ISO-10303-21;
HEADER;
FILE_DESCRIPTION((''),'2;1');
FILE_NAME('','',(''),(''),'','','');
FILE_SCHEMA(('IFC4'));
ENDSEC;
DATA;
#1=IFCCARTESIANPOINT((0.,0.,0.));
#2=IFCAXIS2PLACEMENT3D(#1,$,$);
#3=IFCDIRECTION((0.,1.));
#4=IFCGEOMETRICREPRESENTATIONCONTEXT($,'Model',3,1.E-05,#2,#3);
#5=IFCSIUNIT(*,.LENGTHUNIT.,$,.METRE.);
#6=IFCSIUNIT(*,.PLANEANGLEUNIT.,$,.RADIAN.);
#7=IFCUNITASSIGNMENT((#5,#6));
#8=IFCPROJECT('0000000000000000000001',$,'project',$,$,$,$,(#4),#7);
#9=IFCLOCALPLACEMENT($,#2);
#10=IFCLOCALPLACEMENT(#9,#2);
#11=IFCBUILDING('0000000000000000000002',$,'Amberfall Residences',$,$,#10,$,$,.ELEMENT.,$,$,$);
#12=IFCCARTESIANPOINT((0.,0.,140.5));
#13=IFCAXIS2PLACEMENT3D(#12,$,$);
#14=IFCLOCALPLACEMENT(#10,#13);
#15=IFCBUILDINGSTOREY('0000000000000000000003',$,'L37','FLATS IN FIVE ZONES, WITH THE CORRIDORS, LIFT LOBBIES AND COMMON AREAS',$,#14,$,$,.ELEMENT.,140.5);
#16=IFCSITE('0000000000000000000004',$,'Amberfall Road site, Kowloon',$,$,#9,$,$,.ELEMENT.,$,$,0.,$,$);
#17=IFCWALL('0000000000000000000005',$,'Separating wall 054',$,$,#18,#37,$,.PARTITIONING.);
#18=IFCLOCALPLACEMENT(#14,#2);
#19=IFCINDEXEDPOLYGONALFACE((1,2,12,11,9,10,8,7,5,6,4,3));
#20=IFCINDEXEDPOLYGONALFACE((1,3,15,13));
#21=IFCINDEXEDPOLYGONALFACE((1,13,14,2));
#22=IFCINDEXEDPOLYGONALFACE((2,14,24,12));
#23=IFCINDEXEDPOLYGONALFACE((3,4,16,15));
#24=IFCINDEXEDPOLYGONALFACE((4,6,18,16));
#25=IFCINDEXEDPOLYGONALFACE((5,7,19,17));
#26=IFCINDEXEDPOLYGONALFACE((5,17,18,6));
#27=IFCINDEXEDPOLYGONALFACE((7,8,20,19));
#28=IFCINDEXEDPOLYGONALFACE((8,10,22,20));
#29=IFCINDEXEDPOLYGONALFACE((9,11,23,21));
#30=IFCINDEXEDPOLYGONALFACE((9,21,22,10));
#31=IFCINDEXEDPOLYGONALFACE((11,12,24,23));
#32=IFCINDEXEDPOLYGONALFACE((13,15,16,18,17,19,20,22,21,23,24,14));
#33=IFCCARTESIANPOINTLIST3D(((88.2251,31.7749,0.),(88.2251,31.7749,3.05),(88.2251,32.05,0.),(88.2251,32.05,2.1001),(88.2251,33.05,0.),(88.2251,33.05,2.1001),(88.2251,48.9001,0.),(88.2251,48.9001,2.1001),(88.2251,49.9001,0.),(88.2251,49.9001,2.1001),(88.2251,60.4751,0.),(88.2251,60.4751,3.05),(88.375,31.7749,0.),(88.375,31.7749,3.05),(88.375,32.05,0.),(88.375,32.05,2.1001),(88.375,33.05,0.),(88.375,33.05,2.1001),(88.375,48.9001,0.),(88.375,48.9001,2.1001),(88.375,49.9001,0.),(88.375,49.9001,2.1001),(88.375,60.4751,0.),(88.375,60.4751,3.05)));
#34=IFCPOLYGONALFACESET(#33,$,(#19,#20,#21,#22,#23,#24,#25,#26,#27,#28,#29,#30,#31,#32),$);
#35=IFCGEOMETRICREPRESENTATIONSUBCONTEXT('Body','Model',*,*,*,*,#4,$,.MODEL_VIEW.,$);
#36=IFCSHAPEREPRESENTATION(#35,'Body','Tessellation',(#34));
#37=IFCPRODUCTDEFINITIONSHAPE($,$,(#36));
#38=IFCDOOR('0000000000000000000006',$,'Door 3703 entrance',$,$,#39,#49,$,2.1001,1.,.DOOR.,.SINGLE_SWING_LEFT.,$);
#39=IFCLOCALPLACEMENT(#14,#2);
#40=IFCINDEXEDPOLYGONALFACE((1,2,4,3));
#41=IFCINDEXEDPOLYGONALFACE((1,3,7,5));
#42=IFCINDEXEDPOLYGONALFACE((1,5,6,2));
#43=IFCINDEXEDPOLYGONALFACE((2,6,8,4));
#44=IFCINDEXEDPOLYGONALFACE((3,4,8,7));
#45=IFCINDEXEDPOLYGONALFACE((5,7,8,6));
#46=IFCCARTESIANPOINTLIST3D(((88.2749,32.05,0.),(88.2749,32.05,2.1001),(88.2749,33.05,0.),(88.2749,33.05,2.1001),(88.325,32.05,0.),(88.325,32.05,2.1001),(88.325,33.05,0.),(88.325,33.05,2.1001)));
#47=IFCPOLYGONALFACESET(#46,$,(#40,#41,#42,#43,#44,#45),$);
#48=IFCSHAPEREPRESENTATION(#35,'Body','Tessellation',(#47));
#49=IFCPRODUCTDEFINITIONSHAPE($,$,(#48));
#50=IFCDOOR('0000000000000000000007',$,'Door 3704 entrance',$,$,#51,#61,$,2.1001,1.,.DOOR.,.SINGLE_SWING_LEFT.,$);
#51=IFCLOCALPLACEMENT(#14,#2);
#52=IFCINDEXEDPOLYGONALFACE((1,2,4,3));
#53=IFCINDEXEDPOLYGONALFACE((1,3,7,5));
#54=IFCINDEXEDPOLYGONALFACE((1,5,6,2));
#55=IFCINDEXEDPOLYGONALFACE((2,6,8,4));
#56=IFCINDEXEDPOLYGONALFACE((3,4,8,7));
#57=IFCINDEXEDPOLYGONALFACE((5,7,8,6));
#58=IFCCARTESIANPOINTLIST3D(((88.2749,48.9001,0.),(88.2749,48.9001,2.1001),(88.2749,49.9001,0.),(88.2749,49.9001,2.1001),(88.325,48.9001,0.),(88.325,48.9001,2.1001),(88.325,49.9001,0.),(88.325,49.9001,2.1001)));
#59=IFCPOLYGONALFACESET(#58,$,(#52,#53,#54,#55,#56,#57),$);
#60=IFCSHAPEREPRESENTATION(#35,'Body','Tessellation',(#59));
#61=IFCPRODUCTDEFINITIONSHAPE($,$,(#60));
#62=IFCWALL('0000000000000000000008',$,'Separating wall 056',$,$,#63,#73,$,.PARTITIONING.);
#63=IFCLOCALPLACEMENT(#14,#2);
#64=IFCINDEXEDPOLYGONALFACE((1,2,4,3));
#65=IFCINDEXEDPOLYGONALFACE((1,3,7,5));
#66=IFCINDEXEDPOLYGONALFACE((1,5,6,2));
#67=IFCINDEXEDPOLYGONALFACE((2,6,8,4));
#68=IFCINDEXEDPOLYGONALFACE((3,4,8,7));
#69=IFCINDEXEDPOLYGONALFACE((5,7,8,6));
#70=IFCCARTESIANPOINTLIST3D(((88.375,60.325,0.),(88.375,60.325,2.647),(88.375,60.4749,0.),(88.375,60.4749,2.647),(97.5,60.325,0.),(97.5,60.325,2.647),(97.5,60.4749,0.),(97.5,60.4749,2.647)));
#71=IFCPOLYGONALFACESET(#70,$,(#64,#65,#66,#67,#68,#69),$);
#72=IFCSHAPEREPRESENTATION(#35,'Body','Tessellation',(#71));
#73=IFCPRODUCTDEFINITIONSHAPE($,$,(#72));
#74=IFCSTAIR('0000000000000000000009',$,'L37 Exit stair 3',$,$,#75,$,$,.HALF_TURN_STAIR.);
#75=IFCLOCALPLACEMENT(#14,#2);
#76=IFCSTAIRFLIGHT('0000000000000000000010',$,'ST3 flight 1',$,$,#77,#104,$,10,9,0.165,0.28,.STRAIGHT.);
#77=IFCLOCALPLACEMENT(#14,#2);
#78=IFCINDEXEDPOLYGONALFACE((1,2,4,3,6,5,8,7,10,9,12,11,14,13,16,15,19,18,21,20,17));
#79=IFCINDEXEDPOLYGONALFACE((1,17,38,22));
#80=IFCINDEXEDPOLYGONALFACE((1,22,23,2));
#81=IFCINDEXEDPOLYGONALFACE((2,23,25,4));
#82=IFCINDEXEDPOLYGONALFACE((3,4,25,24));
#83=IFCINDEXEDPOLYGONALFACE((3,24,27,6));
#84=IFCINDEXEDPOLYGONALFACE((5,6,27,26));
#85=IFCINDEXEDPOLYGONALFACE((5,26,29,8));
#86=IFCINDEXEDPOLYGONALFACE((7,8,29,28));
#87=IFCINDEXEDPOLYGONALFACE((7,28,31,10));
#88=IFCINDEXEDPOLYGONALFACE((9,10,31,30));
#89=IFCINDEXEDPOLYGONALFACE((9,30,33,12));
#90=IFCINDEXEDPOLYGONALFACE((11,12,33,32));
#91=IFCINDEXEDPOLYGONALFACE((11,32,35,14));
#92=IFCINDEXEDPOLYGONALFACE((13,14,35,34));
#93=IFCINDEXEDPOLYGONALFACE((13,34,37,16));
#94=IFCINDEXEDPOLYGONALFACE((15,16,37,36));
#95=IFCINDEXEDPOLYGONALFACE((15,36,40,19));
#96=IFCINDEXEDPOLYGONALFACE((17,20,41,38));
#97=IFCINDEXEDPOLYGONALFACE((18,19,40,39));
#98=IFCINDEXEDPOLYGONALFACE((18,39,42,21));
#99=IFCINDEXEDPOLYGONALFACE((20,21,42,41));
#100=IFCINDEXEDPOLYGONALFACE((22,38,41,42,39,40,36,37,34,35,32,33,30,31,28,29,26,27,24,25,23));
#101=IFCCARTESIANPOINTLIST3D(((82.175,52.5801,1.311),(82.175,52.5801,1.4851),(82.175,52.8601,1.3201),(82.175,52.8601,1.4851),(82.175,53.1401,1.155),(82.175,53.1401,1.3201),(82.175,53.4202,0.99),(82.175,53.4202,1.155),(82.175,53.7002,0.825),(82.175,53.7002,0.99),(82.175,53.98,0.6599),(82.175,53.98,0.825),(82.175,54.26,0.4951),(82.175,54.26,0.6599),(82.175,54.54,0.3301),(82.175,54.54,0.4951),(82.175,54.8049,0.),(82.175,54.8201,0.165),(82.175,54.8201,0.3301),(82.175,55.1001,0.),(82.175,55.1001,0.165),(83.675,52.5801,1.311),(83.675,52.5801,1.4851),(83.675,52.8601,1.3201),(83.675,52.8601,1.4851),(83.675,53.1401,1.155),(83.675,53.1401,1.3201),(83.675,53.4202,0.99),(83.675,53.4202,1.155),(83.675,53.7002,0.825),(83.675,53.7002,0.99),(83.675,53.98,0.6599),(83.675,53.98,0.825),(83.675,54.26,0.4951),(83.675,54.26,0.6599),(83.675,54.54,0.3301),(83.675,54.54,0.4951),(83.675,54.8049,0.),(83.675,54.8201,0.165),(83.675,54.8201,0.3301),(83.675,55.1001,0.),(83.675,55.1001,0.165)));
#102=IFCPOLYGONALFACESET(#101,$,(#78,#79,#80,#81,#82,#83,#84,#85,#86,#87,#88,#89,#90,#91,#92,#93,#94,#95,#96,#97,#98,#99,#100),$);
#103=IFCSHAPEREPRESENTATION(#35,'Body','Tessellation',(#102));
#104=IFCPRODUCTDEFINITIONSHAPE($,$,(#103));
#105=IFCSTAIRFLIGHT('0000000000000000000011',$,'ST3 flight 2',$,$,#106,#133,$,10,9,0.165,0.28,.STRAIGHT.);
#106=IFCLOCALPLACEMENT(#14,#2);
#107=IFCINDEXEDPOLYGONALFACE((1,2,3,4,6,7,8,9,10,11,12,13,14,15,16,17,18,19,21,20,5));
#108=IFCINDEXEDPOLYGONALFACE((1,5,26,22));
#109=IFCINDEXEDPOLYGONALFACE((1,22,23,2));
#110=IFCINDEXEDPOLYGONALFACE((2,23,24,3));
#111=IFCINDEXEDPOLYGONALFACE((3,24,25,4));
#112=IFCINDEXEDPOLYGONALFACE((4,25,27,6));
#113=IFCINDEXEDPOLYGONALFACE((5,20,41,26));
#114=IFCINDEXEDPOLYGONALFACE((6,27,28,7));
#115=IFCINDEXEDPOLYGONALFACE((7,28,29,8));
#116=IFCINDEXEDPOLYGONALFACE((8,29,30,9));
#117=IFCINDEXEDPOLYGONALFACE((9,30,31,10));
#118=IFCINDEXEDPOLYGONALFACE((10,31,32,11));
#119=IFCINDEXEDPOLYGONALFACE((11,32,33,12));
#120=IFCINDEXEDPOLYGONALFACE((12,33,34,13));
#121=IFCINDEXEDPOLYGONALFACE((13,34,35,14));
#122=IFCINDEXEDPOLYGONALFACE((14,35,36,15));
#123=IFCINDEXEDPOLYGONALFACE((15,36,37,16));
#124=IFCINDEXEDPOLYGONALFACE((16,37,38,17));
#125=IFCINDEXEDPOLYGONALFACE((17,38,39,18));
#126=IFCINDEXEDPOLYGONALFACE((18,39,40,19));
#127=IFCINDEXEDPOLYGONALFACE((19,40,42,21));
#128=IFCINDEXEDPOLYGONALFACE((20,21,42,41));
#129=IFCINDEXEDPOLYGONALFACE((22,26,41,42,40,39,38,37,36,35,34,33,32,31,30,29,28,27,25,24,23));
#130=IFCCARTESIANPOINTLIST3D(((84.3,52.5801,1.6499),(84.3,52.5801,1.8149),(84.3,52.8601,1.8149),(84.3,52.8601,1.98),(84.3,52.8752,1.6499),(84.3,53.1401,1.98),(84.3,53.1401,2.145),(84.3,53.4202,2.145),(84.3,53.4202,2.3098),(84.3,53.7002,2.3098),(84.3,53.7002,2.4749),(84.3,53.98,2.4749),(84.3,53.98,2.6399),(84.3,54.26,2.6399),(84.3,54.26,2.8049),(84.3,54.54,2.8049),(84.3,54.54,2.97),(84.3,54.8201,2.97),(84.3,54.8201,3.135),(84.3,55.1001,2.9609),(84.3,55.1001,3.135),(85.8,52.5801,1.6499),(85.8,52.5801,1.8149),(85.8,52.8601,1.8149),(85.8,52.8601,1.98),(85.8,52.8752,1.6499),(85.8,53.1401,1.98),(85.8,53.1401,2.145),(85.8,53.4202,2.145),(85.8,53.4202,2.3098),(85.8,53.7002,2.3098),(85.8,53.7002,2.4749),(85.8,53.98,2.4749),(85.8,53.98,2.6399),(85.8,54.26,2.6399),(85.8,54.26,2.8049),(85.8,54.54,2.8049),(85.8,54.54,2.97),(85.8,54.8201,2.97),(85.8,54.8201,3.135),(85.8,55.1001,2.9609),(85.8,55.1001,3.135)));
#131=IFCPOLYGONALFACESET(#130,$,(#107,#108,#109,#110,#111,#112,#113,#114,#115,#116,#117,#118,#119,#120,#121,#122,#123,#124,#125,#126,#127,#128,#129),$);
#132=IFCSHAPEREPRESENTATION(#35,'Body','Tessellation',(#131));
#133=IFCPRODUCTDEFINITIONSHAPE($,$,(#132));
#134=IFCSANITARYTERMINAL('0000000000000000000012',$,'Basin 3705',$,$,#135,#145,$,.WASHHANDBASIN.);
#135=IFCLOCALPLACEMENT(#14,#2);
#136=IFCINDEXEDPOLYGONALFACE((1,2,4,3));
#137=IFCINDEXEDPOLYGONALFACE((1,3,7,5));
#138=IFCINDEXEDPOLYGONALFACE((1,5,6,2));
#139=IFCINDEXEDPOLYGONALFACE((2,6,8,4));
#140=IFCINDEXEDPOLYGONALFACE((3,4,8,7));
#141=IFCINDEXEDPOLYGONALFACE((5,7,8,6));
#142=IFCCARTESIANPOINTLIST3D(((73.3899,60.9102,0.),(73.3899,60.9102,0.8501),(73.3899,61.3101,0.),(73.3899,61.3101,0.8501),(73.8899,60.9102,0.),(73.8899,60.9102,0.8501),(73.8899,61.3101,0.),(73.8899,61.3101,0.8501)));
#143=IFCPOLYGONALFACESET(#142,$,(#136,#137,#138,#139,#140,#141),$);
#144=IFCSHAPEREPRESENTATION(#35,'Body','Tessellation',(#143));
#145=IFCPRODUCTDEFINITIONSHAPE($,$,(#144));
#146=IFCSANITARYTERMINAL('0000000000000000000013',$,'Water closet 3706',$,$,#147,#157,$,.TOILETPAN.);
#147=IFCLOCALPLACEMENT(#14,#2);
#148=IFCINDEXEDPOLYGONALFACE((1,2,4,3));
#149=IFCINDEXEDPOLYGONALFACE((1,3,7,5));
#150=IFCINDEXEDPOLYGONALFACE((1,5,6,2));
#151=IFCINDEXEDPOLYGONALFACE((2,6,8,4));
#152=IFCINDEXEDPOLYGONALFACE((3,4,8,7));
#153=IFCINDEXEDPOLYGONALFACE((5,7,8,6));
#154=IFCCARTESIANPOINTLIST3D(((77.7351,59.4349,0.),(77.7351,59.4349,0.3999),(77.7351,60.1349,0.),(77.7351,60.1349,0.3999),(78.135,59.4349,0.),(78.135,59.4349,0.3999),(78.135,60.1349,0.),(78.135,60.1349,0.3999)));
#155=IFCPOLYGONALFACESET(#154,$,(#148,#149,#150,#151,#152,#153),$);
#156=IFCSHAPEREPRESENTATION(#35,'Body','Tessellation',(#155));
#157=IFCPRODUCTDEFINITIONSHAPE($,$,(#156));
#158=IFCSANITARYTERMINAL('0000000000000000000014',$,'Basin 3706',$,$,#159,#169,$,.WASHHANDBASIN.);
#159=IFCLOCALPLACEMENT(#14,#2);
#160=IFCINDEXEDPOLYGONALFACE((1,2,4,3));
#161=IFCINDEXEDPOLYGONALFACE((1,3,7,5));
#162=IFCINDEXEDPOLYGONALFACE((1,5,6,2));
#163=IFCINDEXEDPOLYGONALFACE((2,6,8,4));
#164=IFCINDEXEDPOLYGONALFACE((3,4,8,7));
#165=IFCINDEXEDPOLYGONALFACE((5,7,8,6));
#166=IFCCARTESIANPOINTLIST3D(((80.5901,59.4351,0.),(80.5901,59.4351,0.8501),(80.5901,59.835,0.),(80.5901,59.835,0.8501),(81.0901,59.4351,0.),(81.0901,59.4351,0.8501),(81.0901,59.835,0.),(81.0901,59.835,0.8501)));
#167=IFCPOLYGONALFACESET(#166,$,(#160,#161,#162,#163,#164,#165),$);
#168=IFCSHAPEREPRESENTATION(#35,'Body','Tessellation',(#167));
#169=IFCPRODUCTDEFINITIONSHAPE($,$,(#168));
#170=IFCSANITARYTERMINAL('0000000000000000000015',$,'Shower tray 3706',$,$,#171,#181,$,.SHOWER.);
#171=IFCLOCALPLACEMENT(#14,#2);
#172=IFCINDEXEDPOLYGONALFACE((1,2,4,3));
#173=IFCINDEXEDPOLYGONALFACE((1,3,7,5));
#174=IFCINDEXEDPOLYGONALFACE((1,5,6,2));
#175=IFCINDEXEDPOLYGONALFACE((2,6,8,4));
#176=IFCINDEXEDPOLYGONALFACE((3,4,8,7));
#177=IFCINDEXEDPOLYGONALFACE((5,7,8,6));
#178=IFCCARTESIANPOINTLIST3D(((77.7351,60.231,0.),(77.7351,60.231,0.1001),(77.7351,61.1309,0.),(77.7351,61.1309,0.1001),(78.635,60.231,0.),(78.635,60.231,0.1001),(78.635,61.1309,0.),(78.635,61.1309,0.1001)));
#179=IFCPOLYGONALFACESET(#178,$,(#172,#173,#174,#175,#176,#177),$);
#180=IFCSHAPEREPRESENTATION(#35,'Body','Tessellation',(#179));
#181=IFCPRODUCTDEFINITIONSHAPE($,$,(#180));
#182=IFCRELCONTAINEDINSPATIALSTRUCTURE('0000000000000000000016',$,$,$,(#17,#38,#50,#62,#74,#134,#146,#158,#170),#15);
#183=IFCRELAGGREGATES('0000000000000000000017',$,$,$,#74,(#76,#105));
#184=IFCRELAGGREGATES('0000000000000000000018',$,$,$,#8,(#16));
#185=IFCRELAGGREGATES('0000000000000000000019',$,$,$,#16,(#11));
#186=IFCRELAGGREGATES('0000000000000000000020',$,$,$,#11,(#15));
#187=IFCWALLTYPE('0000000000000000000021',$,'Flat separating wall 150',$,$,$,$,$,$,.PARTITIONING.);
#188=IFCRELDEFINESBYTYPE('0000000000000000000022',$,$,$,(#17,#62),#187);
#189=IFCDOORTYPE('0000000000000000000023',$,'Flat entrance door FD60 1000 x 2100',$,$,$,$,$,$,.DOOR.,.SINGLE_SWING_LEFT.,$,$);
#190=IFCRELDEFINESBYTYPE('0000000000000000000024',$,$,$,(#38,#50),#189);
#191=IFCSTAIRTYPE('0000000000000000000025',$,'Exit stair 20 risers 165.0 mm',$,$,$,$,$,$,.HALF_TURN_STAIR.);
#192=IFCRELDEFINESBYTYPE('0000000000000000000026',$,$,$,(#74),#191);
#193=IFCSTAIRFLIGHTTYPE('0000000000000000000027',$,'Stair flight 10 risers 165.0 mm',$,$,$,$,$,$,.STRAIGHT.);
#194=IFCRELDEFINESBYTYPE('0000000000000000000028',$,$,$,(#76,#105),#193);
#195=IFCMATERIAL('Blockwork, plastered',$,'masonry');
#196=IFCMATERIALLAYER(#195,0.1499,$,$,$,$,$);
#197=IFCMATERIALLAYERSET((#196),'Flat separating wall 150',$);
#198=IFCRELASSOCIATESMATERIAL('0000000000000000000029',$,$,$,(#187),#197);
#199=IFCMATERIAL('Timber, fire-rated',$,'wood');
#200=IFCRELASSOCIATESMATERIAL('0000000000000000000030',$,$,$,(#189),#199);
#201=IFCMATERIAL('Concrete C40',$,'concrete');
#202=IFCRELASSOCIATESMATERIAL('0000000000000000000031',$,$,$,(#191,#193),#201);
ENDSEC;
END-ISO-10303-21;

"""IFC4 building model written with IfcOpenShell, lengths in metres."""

from ifc_helpers import new_model, si_unit, direction, frame, frame_2d, origin, origin_2d, place, context, subcontext, project, spatial, polyline, rectangle, outline, extrude, material, layer, layer_set, type_object, element, fill, aggregate, save


model = new_model("IFC4")

# Units and contexts
model_context = context("Model", 3, precision=1e-05, world=origin(), true_north=direction((0.0, 1.0)))
body_context = subcontext(model_context, "Body", "Model", "MODEL_VIEW")
ifc_project = project(units=[si_unit("LENGTHUNIT", "METRE"), si_unit("PLANEANGLEUNIT", "RADIAN")], contexts=[model_context])

# Site, building, storey
site_placement = place(None, origin())
site = spatial("IfcSite", under=ifc_project, at=site_placement, Name="Amberfall Road site, Kowloon", CompositionType="ELEMENT", RefElevation=0.0)
building_placement = place(site_placement, origin())
building = spatial("IfcBuilding", under=site, at=building_placement, Name="Amberfall Residences", CompositionType="ELEMENT")
storey_placement = place(building_placement, frame((0.0, 0.0, 140.5)))
storey = spatial("IfcBuildingStorey", under=building, at=storey_placement, Name="L37", Description="FLATS IN FIVE ZONES, WITH THE CORRIDORS, LIFT LOBBIES AND COMMON AREAS", CompositionType="ELEMENT", Elevation=140.5)

# Shared definitions
ifc_material_1 = material(Name="Blockwork, plastered", Category="masonry")
ifc_layer_1 = layer(ifc_material_1, 0.1499)
ifc_layer_set_1 = layer_set([ifc_layer_1], Name="Flat separating wall 150")
wall_type_1 = type_object("IfcWallType", Name="Flat separating wall 150", PredefinedType="PARTITIONING", material=ifc_layer_set_1)

# Wall, openings, doors
wall_1_placement = place(storey_placement, frame((88.3, 60.4751, 0.0), z_axis=(0.0, 0.0, 1.0), x_axis=(0.0, -1.0, 0.0)))
wall_1 = element("IfcWall", 1, at=wall_1_placement, inside=storey, type_object=wall_type_1, Name="Separating wall 054", PredefinedType="PARTITIONING", context=body_context, shape_type="SweptSolid", body=[
    extrude(rectangle(XDim=28.7002, YDim=0.1499, at=frame_2d((14.3501, 0.0))), origin(), (0.0, 0.0, 1.0), 3.05),
])
opening_1_placement = place(wall_1_placement, frame((27.425, 0.0, 0.0)))
opening_1 = element("IfcOpeningElement", 2, at=opening_1_placement, cuts=wall_1, PredefinedType="OPENING", context=body_context, shape_type="SweptSolid", body=[
    extrude(rectangle(XDim=1.0, YDim=2.1001, at=frame_2d((0.5, 1.05))), frame((0.0, 0.085, 0.0), z_axis=(0.0, -1.0, 0.0), x_axis=(1.0, 0.0, 0.0)), (0.0, 0.0, 1.0), 0.1699),
])
opening_2_placement = place(wall_1_placement, frame((10.575, 0.0, 0.0)))
opening_2 = element("IfcOpeningElement", 3, at=opening_2_placement, cuts=wall_1, PredefinedType="OPENING", context=body_context, shape_type="SweptSolid", body=[
    extrude(rectangle(XDim=1.0, YDim=2.1001, at=frame_2d((0.5, 1.05))), frame((0.0, 0.085, 0.0), z_axis=(0.0, -1.0, 0.0), x_axis=(1.0, 0.0, 0.0)), (0.0, 0.0, 1.0), 0.1699),
])
ifc_material_2 = material(Name="Timber, fire-rated", Category="wood")
door_type_1 = type_object("IfcDoorType", Name="Flat entrance door FD60 1000 x 2100", OperationType="SINGLE_SWING_LEFT", PredefinedType="DOOR", material=ifc_material_2)
door_1_placement = place(opening_1_placement, origin())
door_1 = element("IfcDoor", 4, at=door_1_placement, inside=storey, type_object=door_type_1, Name="Door 3703 entrance", OperationType="SINGLE_SWING_LEFT", OverallHeight=2.1001, OverallWidth=1.0, PredefinedType="DOOR", context=body_context, shape_type="SweptSolid", body=[
    extrude(rectangle(XDim=1.0, YDim=2.1001, at=frame_2d((0.5, 1.05))), frame((0.0, 0.0249, 0.0), z_axis=(0.0, -1.0, 0.0), x_axis=(1.0, 0.0, 0.0)), (0.0, 0.0, 1.0), 0.05),
])
fill(opening_1, door_1)
door_2_placement = place(opening_2_placement, origin())
door_2 = element("IfcDoor", 5, at=door_2_placement, inside=storey, type_object=door_type_1, Name="Door 3704 entrance", OperationType="SINGLE_SWING_LEFT", OverallHeight=2.1001, OverallWidth=1.0, PredefinedType="DOOR", context=body_context, shape_type="SweptSolid", body=[
    extrude(rectangle(XDim=1.0, YDim=2.1001, at=frame_2d((0.5, 1.05))), frame((0.0, 0.0249, 0.0), z_axis=(0.0, -1.0, 0.0), x_axis=(1.0, 0.0, 0.0)), (0.0, 0.0, 1.0), 0.05),
])
fill(opening_2, door_2)

# Wall
wall_2_placement = place(storey_placement, frame((88.375, 60.3999, 0.0), z_axis=(0.0, 0.0, 1.0), x_axis=(1.0, 0.0, 0.0)))
element("IfcWall", 6, at=wall_2_placement, inside=storey, type_object=wall_type_1, Name="Separating wall 056", PredefinedType="PARTITIONING", context=body_context, shape_type="SweptSolid", body=[
    extrude(rectangle(XDim=9.125, YDim=0.1499, at=frame_2d((4.5625, 0.0))), origin(), (0.0, 0.0, 1.0), 2.647),
])

# Stair, stair flights
ifc_material_3 = material(Name="Concrete C40", Category="concrete")
stair_type = type_object("IfcStairType", Name="Exit stair 20 risers 165.0 mm", PredefinedType="HALF_TURN_STAIR", material=ifc_material_3)
stair_placement = place(storey_placement, origin())
stair = element("IfcStair", 7, at=stair_placement, inside=storey, type_object=stair_type, Name="L37 Exit stair 3", PredefinedType="HALF_TURN_STAIR")
stair_flight_type = type_object("IfcStairFlightType", Name="Stair flight 10 risers 165.0 mm", PredefinedType="STRAIGHT", material=ifc_material_3)
stair_flight_1_placement = place(storey_placement, frame((82.925, 55.1001, 0.0), z_axis=(0.0, 0.0, 1.0), x_axis=(0.0, -1.0, 0.0)))
stair_flight_1 = element("IfcStairFlight", 8, at=stair_flight_1_placement, type_object=stair_flight_type, Name="ST3 flight 1", NumberOfRisers=10, NumberOfTreads=9, PredefinedType="STRAIGHT", RiserHeight=0.165, TreadLength=0.28, context=body_context, shape_type="SweptSolid", body=[
    extrude(outline(polyline([(0.0, 0.0), (0.0, 0.165), (0.28, 0.165), (0.28, 0.3301), (0.5601, 0.3301), (0.5601, 0.4951), (0.8401, 0.4951), (0.8401, 0.6599), (1.1201, 0.6599), (1.1201, 0.825), (1.3999, 0.825), (1.3999, 0.99), (1.6799, 0.99), (1.6799, 1.155), (1.96, 1.155), (1.96, 1.3201), (2.24, 1.3201), (2.24, 1.4851), (2.52, 1.4851), (2.52, 1.6499), (2.52, 1.311), (0.2952, 0.0), (0.0, 0.0)])), frame((0.0, 0.75, 0.0), z_axis=(0.0, -1.0, 0.0), x_axis=(1.0, 0.0, 0.0)), (0.0, 0.0, 1.0), 1.5),
])
stair_flight_2_placement = place(storey_placement, frame((85.05, 52.5801, 1.6499), z_axis=(0.0, 0.0, 1.0), x_axis=(0.0, 1.0, 0.0)))
stair_flight_2 = element("IfcStairFlight", 9, at=stair_flight_2_placement, type_object=stair_flight_type, Name="ST3 flight 2", NumberOfRisers=10, NumberOfTreads=9, PredefinedType="STRAIGHT", RiserHeight=0.165, TreadLength=0.28, context=body_context, shape_type="SweptSolid", body=[
    extrude(outline(polyline([(0.0, 0.0), (0.0, 0.165), (0.28, 0.165), (0.28, 0.3301), (0.5601, 0.3301), (0.5601, 0.4951), (0.8401, 0.4951), (0.8401, 0.6599), (1.1201, 0.6599), (1.1201, 0.825), (1.3999, 0.825), (1.3999, 0.99), (1.6799, 0.99), (1.6799, 1.155), (1.96, 1.155), (1.96, 1.3201), (2.24, 1.3201), (2.24, 1.4851), (2.52, 1.4851), (2.52, 1.6499), (2.52, 1.311), (0.2952, 0.0), (0.0, 0.0)])), frame((0.0, 0.75, 0.0), z_axis=(0.0, -1.0, 0.0), x_axis=(1.0, 0.0, 0.0)), (0.0, 0.0, 1.0), 1.5),
])
aggregate(stair, [stair_flight_1, stair_flight_2])

# Sanitary terminals
sanitary_terminal_1_placement = place(storey_placement, frame((73.6399, 61.1101, 0.0), z_axis=(0.0, 0.0, 1.0), x_axis=(1.0, 0.0, 0.0)))
element("IfcSanitaryTerminal", 10, at=sanitary_terminal_1_placement, inside=storey, Name="Basin 3705", PredefinedType="WASHHANDBASIN", context=body_context, shape_type="SweptSolid", body=[
    extrude(rectangle(XDim=0.5, YDim=0.3999, at=origin_2d()), origin(), (0.0, 0.0, 1.0), 0.8501),
])
sanitary_terminal_2_placement = place(storey_placement, frame((77.9351, 59.7849, 0.0), z_axis=(0.0, 0.0, 1.0), x_axis=(1.0, 0.0, 0.0)))
element("IfcSanitaryTerminal", 11, at=sanitary_terminal_2_placement, inside=storey, Name="Water closet 3706", PredefinedType="TOILETPAN", context=body_context, shape_type="SweptSolid", body=[
    extrude(rectangle(XDim=0.3999, YDim=0.7, at=origin_2d()), origin(), (0.0, 0.0, 1.0), 0.3999),
])
sanitary_terminal_3_placement = place(storey_placement, frame((80.8401, 59.635, 0.0), z_axis=(0.0, 0.0, 1.0), x_axis=(1.0, 0.0, 0.0)))
element("IfcSanitaryTerminal", 12, at=sanitary_terminal_3_placement, inside=storey, Name="Basin 3706", PredefinedType="WASHHANDBASIN", context=body_context, shape_type="SweptSolid", body=[
    extrude(rectangle(XDim=0.5, YDim=0.3999, at=origin_2d()), origin(), (0.0, 0.0, 1.0), 0.8501),
])
sanitary_terminal_4_placement = place(storey_placement, frame((78.1851, 60.6809, 0.0), z_axis=(0.0, 0.0, 1.0), x_axis=(1.0, 0.0, 0.0)))
element("IfcSanitaryTerminal", 13, at=sanitary_terminal_4_placement, inside=storey, Name="Shower tray 3706", PredefinedType="SHOWER", context=body_context, shape_type="SweptSolid", body=[
    extrude(rectangle(XDim=0.8999, YDim=0.8999, at=origin_2d()), origin(), (0.0, 0.0, 1.0), 0.1001),
])

save(model, "model.ifc")
